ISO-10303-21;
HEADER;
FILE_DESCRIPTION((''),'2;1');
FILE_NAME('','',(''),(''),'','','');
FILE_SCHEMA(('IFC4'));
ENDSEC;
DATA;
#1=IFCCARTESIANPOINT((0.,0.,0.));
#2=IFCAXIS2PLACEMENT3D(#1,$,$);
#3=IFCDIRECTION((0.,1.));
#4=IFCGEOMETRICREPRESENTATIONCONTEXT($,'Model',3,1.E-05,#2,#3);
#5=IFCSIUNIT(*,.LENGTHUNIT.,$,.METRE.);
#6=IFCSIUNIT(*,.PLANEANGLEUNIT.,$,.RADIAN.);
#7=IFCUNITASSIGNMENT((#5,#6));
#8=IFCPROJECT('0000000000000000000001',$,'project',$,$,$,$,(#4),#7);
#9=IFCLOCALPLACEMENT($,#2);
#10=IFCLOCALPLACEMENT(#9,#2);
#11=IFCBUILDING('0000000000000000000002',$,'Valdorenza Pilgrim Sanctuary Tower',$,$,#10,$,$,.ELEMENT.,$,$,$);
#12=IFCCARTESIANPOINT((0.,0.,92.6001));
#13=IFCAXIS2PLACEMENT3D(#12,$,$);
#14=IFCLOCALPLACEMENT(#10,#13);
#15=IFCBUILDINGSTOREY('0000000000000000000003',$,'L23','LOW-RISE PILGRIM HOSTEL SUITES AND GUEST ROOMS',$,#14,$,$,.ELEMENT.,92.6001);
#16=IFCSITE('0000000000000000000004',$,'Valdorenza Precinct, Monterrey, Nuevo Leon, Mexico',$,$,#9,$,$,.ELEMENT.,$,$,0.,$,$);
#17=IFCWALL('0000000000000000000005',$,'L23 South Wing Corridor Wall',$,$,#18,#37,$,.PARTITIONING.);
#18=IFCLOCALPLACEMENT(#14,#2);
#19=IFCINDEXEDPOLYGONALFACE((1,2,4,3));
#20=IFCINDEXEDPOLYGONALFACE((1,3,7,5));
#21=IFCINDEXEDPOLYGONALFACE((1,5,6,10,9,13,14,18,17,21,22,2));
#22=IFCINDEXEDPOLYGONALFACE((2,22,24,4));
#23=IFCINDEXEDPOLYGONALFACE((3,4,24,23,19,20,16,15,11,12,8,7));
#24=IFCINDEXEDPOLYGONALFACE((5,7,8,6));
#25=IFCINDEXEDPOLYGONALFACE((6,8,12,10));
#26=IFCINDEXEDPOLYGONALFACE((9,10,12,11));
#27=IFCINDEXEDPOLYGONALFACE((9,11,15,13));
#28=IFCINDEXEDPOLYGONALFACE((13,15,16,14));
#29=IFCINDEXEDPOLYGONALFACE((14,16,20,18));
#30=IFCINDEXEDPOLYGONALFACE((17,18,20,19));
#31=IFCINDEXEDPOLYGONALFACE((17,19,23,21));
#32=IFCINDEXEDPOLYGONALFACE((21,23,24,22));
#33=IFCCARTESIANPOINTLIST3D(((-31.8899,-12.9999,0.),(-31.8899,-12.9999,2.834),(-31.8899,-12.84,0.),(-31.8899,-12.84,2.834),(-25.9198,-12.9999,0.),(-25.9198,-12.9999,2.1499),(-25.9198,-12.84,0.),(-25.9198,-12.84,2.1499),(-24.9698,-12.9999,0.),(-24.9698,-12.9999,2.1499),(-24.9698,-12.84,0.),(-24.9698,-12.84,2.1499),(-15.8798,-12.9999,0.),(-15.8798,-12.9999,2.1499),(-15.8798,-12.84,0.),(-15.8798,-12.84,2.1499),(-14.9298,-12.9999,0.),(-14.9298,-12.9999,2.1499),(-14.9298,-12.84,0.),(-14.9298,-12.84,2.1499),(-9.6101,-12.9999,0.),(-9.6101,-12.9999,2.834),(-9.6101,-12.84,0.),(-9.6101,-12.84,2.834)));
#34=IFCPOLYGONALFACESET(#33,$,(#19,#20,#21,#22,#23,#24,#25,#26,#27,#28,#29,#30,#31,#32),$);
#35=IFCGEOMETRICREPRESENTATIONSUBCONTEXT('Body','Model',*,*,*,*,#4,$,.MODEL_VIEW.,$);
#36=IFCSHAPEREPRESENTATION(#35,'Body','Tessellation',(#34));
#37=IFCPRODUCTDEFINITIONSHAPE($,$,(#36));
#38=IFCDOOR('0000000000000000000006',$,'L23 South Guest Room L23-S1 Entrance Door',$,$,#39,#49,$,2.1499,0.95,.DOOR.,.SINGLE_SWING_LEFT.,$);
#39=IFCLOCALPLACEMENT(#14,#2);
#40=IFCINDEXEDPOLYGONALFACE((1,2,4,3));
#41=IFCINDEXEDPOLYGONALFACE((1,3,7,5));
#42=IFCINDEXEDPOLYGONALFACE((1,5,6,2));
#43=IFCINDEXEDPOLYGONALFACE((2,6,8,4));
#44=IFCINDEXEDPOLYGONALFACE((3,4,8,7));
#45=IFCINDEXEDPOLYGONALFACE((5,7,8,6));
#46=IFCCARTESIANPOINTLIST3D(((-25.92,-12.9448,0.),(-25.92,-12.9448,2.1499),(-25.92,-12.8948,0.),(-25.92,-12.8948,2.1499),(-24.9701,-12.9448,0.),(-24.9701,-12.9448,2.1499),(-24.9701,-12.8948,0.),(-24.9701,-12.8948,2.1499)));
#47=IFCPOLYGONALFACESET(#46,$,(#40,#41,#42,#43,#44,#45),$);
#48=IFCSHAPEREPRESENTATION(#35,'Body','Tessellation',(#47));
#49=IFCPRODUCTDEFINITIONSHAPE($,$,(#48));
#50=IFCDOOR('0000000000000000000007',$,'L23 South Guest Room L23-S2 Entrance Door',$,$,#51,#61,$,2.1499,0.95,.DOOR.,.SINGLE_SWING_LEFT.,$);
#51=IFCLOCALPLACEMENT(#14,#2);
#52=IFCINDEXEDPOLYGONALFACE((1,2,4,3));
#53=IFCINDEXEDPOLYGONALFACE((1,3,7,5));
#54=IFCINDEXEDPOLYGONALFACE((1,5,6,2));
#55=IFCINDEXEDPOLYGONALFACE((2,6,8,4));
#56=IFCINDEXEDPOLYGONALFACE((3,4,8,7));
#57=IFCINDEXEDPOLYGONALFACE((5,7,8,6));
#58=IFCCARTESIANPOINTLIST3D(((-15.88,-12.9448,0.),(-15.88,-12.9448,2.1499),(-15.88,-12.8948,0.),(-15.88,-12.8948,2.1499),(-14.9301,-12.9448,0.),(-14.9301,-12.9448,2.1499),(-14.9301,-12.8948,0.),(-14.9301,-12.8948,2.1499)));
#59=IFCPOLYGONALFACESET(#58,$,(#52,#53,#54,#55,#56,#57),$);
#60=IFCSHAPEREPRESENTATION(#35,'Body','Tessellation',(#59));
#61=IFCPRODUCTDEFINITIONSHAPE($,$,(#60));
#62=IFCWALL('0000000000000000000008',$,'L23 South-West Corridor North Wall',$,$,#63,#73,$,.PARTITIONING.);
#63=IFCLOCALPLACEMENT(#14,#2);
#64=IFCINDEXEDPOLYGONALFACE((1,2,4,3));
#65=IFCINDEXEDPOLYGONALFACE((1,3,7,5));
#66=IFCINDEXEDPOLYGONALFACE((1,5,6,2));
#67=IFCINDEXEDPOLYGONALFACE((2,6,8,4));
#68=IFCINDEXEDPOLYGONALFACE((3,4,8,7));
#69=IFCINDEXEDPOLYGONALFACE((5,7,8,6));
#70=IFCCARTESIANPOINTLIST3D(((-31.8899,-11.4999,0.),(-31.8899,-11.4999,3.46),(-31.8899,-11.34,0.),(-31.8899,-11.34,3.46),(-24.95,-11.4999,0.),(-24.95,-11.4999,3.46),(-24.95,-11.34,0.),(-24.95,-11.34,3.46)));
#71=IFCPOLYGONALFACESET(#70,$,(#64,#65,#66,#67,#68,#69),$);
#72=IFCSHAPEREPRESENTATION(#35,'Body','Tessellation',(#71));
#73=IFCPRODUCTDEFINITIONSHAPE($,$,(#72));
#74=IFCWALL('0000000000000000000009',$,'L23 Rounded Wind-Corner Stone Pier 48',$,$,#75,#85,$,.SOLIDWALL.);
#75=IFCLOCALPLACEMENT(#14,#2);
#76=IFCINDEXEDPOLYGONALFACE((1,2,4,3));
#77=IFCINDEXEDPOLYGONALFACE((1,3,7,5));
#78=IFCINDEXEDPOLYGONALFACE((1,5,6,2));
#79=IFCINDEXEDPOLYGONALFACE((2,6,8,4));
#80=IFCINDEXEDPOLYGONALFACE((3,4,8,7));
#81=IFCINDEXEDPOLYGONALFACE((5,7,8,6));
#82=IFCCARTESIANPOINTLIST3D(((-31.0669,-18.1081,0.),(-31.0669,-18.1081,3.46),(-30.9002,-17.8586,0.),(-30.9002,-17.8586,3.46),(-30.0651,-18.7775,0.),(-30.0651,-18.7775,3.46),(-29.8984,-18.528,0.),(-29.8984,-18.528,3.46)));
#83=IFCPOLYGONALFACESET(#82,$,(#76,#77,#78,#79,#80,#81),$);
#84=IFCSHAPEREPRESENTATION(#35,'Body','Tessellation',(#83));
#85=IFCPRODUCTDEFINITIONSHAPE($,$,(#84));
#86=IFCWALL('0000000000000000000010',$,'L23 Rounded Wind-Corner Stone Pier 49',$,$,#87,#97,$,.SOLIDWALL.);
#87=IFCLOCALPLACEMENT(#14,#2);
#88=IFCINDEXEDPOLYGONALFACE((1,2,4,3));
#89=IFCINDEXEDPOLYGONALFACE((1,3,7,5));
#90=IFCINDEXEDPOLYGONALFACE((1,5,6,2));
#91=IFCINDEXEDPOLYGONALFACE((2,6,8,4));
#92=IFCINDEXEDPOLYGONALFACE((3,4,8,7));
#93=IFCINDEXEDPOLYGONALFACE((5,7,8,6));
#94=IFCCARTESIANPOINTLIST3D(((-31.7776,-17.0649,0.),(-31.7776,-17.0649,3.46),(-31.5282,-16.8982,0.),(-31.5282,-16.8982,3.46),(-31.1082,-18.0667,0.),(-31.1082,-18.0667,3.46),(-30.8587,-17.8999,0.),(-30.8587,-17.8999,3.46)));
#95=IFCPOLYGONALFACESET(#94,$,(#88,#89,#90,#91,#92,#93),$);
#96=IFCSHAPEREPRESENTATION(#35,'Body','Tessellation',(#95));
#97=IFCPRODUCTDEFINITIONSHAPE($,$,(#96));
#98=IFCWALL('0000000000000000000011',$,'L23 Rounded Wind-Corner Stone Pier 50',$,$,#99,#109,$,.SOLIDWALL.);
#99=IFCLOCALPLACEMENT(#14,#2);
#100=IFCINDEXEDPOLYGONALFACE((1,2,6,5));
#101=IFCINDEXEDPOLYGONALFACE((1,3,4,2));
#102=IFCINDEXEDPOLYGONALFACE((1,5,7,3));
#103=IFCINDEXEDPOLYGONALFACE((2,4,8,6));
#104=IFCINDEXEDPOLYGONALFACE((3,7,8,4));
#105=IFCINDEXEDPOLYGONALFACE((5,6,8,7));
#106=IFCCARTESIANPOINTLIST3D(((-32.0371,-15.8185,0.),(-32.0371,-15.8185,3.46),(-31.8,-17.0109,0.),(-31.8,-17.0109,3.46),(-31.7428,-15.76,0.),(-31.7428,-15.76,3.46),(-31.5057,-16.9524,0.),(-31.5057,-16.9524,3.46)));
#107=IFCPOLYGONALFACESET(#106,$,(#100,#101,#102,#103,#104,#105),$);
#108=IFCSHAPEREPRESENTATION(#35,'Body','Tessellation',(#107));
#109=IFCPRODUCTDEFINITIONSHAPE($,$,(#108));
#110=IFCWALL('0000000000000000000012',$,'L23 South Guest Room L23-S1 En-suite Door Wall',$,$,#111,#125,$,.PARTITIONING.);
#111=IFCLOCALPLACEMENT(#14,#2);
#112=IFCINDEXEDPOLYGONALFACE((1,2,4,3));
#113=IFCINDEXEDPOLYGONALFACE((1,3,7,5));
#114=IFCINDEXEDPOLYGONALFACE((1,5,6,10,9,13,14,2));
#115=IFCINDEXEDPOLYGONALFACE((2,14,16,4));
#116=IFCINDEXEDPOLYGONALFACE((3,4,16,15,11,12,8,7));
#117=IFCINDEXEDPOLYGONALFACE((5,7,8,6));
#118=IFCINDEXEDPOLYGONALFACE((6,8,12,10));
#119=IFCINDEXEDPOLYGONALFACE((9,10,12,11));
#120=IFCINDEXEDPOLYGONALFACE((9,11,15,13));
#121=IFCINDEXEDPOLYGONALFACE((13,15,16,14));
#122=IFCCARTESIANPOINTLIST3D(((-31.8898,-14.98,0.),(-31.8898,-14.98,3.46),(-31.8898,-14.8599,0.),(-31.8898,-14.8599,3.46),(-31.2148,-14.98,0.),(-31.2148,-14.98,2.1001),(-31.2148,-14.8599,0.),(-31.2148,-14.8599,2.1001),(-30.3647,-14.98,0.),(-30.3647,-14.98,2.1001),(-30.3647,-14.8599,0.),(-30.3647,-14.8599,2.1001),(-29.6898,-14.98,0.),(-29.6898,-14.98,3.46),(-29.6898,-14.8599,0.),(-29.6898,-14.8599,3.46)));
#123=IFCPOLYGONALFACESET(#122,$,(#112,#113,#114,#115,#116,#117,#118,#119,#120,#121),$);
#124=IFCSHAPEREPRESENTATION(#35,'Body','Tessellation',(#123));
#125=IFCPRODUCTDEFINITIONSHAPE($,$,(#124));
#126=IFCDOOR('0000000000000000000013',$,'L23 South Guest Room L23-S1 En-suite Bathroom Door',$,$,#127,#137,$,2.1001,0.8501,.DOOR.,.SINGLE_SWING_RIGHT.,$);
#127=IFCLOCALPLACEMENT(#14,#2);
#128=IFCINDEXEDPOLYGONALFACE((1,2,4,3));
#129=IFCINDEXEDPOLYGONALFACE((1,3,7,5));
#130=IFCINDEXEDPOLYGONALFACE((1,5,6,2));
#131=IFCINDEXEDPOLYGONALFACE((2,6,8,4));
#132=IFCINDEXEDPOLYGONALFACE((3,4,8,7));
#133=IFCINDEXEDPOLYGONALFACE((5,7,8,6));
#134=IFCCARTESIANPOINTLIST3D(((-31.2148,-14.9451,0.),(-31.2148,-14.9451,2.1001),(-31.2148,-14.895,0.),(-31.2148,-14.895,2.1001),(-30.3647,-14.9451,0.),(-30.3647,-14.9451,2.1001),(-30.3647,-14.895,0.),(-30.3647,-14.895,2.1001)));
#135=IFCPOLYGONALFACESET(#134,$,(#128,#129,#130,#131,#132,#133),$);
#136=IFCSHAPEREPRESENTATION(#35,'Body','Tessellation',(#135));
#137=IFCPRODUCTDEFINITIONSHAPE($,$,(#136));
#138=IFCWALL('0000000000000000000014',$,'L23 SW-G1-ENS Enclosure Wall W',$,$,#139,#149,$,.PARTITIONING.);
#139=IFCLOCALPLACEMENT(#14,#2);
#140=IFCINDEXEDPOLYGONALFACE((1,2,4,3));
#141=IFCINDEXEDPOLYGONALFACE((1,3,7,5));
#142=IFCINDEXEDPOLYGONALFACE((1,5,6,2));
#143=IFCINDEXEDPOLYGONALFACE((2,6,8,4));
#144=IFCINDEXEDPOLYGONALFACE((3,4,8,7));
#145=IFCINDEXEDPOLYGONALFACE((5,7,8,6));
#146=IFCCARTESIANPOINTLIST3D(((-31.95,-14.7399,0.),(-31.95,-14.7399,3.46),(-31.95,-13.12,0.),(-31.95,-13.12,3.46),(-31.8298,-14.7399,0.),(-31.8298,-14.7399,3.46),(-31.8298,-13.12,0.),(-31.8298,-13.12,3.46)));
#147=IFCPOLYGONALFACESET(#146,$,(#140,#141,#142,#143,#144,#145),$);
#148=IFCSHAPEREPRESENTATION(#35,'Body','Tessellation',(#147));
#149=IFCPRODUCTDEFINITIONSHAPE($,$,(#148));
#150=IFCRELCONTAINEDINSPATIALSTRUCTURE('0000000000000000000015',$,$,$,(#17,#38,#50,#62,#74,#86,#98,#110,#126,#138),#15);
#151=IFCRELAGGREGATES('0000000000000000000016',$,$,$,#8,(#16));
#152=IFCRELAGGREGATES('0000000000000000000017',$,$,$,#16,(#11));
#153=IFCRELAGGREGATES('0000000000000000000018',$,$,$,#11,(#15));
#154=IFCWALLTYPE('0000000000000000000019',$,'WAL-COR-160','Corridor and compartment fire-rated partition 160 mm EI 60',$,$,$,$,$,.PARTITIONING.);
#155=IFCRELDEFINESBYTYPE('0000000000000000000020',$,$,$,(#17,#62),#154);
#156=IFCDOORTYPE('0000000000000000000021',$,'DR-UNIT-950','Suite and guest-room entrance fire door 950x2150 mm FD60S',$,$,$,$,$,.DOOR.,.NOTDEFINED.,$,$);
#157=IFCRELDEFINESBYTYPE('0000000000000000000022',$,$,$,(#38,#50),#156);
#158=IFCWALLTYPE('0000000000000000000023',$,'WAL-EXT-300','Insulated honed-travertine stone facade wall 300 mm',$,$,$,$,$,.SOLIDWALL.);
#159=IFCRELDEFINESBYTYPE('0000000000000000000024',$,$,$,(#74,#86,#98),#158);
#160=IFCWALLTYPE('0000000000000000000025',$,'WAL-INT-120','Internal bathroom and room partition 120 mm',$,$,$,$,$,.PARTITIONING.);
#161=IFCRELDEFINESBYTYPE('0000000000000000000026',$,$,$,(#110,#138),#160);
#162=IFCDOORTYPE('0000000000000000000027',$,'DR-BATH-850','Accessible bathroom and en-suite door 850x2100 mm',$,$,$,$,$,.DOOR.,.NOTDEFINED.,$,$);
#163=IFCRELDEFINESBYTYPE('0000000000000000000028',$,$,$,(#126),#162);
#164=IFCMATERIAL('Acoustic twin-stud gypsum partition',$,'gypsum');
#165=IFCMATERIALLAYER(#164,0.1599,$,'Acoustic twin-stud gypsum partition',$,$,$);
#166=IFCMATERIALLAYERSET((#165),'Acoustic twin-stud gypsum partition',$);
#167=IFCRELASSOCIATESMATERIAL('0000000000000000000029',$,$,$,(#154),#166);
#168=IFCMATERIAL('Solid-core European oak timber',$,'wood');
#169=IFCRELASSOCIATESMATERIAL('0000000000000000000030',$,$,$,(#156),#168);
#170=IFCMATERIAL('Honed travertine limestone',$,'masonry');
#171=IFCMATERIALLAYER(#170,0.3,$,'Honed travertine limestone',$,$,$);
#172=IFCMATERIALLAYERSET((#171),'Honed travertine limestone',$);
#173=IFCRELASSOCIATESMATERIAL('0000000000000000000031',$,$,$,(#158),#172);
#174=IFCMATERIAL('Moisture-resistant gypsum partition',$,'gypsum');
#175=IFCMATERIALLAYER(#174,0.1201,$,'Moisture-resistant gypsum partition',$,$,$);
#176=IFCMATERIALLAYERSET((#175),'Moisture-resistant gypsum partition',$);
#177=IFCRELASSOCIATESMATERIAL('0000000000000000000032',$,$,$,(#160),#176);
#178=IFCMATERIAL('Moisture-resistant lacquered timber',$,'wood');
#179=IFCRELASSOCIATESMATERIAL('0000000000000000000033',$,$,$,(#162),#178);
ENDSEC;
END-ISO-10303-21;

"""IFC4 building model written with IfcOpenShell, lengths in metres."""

from ifc_helpers import new_model, si_unit, direction, frame, frame_2d, origin, place, context, subcontext, project, spatial, rectangle, extrude, material, layer, layer_set, type_object, element, fill, save


model = new_model("IFC4")

# Units and contexts
model_context = context("Model", 3, precision=1e-05, world=origin(), true_north=direction((0.0, 1.0)))
body_context = subcontext(model_context, "Body", "Model", "MODEL_VIEW")
ifc_project = project(units=[si_unit("LENGTHUNIT", "METRE"), si_unit("PLANEANGLEUNIT", "RADIAN")], contexts=[model_context])

# Site, building, storey
site_placement = place(None, origin())
site = spatial("IfcSite", under=ifc_project, at=site_placement, Name="Valdorenza Precinct, Monterrey, Nuevo Leon, Mexico", CompositionType="ELEMENT", RefElevation=0.0)
building_placement = place(site_placement, origin())
building = spatial("IfcBuilding", under=site, at=building_placement, Name="Valdorenza Pilgrim Sanctuary Tower", CompositionType="ELEMENT")
storey_placement = place(building_placement, frame((0.0, 0.0, 92.6001)))
storey = spatial("IfcBuildingStorey", under=building, at=storey_placement, Name="L23", Description="LOW-RISE PILGRIM HOSTEL SUITES AND GUEST ROOMS", CompositionType="ELEMENT", Elevation=92.6001)

# Shared definitions
ifc_material_1 = material(Name="Honed travertine limestone", Category="masonry")

# Wall, openings, doors
ifc_material_2 = material(Name="Acoustic twin-stud gypsum partition", Category="gypsum")
ifc_layer_1 = layer(ifc_material_2, 0.1599, Name="Acoustic twin-stud gypsum partition")
ifc_layer_set_1 = layer_set([ifc_layer_1], Name="Acoustic twin-stud gypsum partition")
wall_type_1 = type_object("IfcWallType", Name="WAL-COR-160", Description="Corridor and compartment fire-rated partition 160 mm EI 60", PredefinedType="PARTITIONING", material=ifc_layer_set_1)
wall_1_placement = place(storey_placement, frame((-31.8899, -12.9199, 0.0), z_axis=(0.0, 0.0, 1.0), x_axis=(1.0, 0.0, 0.0)))
wall_1 = element("IfcWall", 1, at=wall_1_placement, inside=storey, type_object=wall_type_1, Name="L23 South Wing Corridor Wall", PredefinedType="PARTITIONING", context=body_context, shape_type="SweptSolid", body=[
    extrude(rectangle(XDim=22.2798, YDim=0.1599, at=frame_2d((11.1399, 0.0))), origin(), (0.0, 0.0, 1.0), 2.834),
])
opening_1_placement = place(wall_1_placement, frame((5.97, 0.0, 0.0)))
opening_1 = element("IfcOpeningElement", 2, at=opening_1_placement, cuts=wall_1, PredefinedType="OPENING", context=body_context, shape_type="SweptSolid", body=[
    extrude(rectangle(XDim=0.95, YDim=2.1499, at=frame_2d((0.4751, 1.075))), frame((0.0, 0.0947, 0.0), z_axis=(0.0, -1.0, 0.0), x_axis=(1.0, 0.0, 0.0)), (0.0, 0.0, 1.0), 0.1897),
])
opening_2_placement = place(wall_1_placement, frame((16.01, 0.0, 0.0)))
opening_2 = element("IfcOpeningElement", 3, at=opening_2_placement, cuts=wall_1, PredefinedType="OPENING", context=body_context, shape_type="SweptSolid", body=[
    extrude(rectangle(XDim=0.95, YDim=2.1499, at=frame_2d((0.4751, 1.075))), frame((0.0, 0.0947, 0.0), z_axis=(0.0, -1.0, 0.0), x_axis=(1.0, 0.0, 0.0)), (0.0, 0.0, 1.0), 0.1897),
])
ifc_material_3 = material(Name="Solid-core European oak timber", Category="wood")
door_type_1 = type_object("IfcDoorType", Name="DR-UNIT-950", Description="Suite and guest-room entrance fire door 950x2150 mm FD60S", OperationType="NOTDEFINED", PredefinedType="DOOR", material=ifc_material_3)
door_1_placement = place(opening_1_placement, frame((0.95, 0.0, 0.0), z_axis=(0.0, 0.0, 1.0), x_axis=(-1.0, 0.0, 0.0)))
door_1 = element("IfcDoor", 4, at=door_1_placement, inside=storey, type_object=door_type_1, Name="L23 South Guest Room L23-S1 Entrance Door", OperationType="SINGLE_SWING_LEFT", OverallHeight=2.1499, OverallWidth=0.95, PredefinedType="DOOR", context=body_context, shape_type="SweptSolid", body=[
    extrude(rectangle(XDim=0.95, YDim=2.1499, at=frame_2d((0.4751, 1.075))), frame((0.0, 0.0249, 0.0), z_axis=(0.0, -1.0, 0.0), x_axis=(1.0, 0.0, 0.0)), (0.0, 0.0, 1.0), 0.05),
])
fill(opening_1, door_1)
door_2_placement = place(opening_2_placement, frame((0.95, 0.0, 0.0), z_axis=(0.0, 0.0, 1.0), x_axis=(-1.0, 0.0, 0.0)))
door_2 = element("IfcDoor", 5, at=door_2_placement, inside=storey, type_object=door_type_1, Name="L23 South Guest Room L23-S2 Entrance Door", OperationType="SINGLE_SWING_LEFT", OverallHeight=2.1499, OverallWidth=0.95, PredefinedType="DOOR", context=body_context, shape_type="SweptSolid", body=[
    extrude(rectangle(XDim=0.95, YDim=2.1499, at=frame_2d((0.4751, 1.075))), frame((0.0, 0.0249, 0.0), z_axis=(0.0, -1.0, 0.0), x_axis=(1.0, 0.0, 0.0)), (0.0, 0.0, 1.0), 0.05),
])
fill(opening_2, door_2)

# Walls
wall_2_placement = place(storey_placement, frame((-31.8899, -11.4199, 0.0), z_axis=(0.0, 0.0, 1.0), x_axis=(1.0, 0.0, 0.0)))
element("IfcWall", 6, at=wall_2_placement, inside=storey, type_object=wall_type_1, Name="L23 South-West Corridor North Wall", PredefinedType="PARTITIONING", context=body_context, shape_type="SweptSolid", body=[
    extrude(rectangle(XDim=6.9399, YDim=0.1599, at=frame_2d((3.47, 0.0))), origin(), (0.0, 0.0, 1.0), 3.46),
])
ifc_layer_2 = layer(ifc_material_1, 0.3, Name="Honed travertine limestone")
ifc_layer_set_2 = layer_set([ifc_layer_2], Name="Honed travertine limestone")
wall_type_2 = type_object("IfcWallType", Name="WAL-EXT-300", Description="Insulated honed-travertine stone facade wall 300 mm", PredefinedType="SOLIDWALL", material=ifc_layer_set_2)
for number, where, z_axis, x_axis, name in (
    (7, (-29.9817, -18.6528, 0.0), (0.0, 0.0, 1.0), (-0.831426, 0.555635, 0.0), "L23 Rounded Wind-Corner Stone Pier 48"),
    (8, (-30.9834, -17.9834, 0.0), (0.0, 0.0, 1.0), (-0.555635, 0.831426, 0.0), "L23 Rounded Wind-Corner Stone Pier 49"),
):
    element("IfcWall", number, at=place(storey_placement, frame(where, z_axis=z_axis, x_axis=x_axis)), inside=storey, type_object=wall_type_2, Name=name, PredefinedType="SOLIDWALL", context=body_context, shape_type="SweptSolid", body=[
        extrude(rectangle(XDim=1.2048, YDim=0.3, at=frame_2d((0.6025, 0.0))), origin(), (0.0, 0.0, 1.0), 3.46),
    ])
wall_3_placement = place(storey_placement, frame((-31.6528, -16.9817, 0.0), z_axis=(0.0, 0.0, 1.0), x_axis=(-0.194996, 0.980804, 0.0)))
element("IfcWall", 9, at=wall_3_placement, inside=storey, type_object=wall_type_2, Name="L23 Rounded Wind-Corner Stone Pier 50", PredefinedType="SOLIDWALL", context=body_context, shape_type="SweptSolid", body=[
    extrude(rectangle(XDim=1.2158, YDim=0.3, at=frame_2d((0.6079, 0.0))), origin(), (0.0, 0.0, 1.0), 3.46),
])

# Wall, opening, door
ifc_material_4 = material(Name="Moisture-resistant gypsum partition", Category="gypsum")
ifc_layer_3 = layer(ifc_material_4, 0.1201, Name="Moisture-resistant gypsum partition")
ifc_layer_set_3 = layer_set([ifc_layer_3], Name="Moisture-resistant gypsum partition")
wall_type_3 = type_object("IfcWallType", Name="WAL-INT-120", Description="Internal bathroom and room partition 120 mm", PredefinedType="PARTITIONING", material=ifc_layer_set_3)
wall_4_placement = place(storey_placement, frame((-31.8899, -14.9199, 0.0), z_axis=(0.0, 0.0, 1.0), x_axis=(1.0, 0.0, 0.0)))
wall_4 = element("IfcWall", 10, at=wall_4_placement, inside=storey, type_object=wall_type_3, Name="L23 South Guest Room L23-S1 En-suite Door Wall", PredefinedType="PARTITIONING", context=body_context, shape_type="SweptSolid", body=[
    extrude(rectangle(XDim=2.2, YDim=0.1201, at=frame_2d((1.1001, 0.0))), origin(), (0.0, 0.0, 1.0), 3.46),
])
opening_3_placement = place(wall_4_placement, frame((0.675, 0.0, 0.0)))
opening_3 = element("IfcOpeningElement", 11, at=opening_3_placement, cuts=wall_4, PredefinedType="OPENING", context=body_context, shape_type="SweptSolid", body=[
    extrude(rectangle(XDim=0.8501, YDim=2.1001, at=frame_2d((0.425, 1.05))), frame((0.0, 0.075, 0.0), z_axis=(0.0, -1.0, 0.0), x_axis=(1.0, 0.0, 0.0)), (0.0, 0.0, 1.0), 0.1499),
])
ifc_material_5 = material(Name="Moisture-resistant lacquered timber", Category="wood")
door_type_2 = type_object("IfcDoorType", Name="DR-BATH-850", Description="Accessible bathroom and en-suite door 850x2100 mm", OperationType="NOTDEFINED", PredefinedType="DOOR", material=ifc_material_5)
door_3_placement = place(opening_3_placement, origin())
door_3 = element("IfcDoor", 12, at=door_3_placement, inside=storey, type_object=door_type_2, Name="L23 South Guest Room L23-S1 En-suite Bathroom Door", OperationType="SINGLE_SWING_RIGHT", OverallHeight=2.1001, OverallWidth=0.8501, PredefinedType="DOOR", context=body_context, shape_type="SweptSolid", body=[
    extrude(rectangle(XDim=0.8501, YDim=2.1001, at=frame_2d((0.425, 1.05))), frame((0.0, 0.0249, 0.0), z_axis=(0.0, -1.0, 0.0), x_axis=(1.0, 0.0, 0.0)), (0.0, 0.0, 1.0), 0.05),
])
fill(opening_3, door_3)

# Wall
wall_5_placement = place(storey_placement, frame((-31.8899, -14.74, 0.0), z_axis=(0.0, 0.0, 1.0), x_axis=(0.0, 1.0, 0.0)))
element("IfcWall", 13, at=wall_5_placement, inside=storey, type_object=wall_type_3, Name="L23 SW-G1-ENS Enclosure Wall W", PredefinedType="PARTITIONING", context=body_context, shape_type="SweptSolid", body=[
    extrude(rectangle(XDim=1.6199, YDim=0.1201, at=frame_2d((0.8101, 0.0))), origin(), (0.0, 0.0, 1.0), 3.46),
])

save(model, "model.ifc")
